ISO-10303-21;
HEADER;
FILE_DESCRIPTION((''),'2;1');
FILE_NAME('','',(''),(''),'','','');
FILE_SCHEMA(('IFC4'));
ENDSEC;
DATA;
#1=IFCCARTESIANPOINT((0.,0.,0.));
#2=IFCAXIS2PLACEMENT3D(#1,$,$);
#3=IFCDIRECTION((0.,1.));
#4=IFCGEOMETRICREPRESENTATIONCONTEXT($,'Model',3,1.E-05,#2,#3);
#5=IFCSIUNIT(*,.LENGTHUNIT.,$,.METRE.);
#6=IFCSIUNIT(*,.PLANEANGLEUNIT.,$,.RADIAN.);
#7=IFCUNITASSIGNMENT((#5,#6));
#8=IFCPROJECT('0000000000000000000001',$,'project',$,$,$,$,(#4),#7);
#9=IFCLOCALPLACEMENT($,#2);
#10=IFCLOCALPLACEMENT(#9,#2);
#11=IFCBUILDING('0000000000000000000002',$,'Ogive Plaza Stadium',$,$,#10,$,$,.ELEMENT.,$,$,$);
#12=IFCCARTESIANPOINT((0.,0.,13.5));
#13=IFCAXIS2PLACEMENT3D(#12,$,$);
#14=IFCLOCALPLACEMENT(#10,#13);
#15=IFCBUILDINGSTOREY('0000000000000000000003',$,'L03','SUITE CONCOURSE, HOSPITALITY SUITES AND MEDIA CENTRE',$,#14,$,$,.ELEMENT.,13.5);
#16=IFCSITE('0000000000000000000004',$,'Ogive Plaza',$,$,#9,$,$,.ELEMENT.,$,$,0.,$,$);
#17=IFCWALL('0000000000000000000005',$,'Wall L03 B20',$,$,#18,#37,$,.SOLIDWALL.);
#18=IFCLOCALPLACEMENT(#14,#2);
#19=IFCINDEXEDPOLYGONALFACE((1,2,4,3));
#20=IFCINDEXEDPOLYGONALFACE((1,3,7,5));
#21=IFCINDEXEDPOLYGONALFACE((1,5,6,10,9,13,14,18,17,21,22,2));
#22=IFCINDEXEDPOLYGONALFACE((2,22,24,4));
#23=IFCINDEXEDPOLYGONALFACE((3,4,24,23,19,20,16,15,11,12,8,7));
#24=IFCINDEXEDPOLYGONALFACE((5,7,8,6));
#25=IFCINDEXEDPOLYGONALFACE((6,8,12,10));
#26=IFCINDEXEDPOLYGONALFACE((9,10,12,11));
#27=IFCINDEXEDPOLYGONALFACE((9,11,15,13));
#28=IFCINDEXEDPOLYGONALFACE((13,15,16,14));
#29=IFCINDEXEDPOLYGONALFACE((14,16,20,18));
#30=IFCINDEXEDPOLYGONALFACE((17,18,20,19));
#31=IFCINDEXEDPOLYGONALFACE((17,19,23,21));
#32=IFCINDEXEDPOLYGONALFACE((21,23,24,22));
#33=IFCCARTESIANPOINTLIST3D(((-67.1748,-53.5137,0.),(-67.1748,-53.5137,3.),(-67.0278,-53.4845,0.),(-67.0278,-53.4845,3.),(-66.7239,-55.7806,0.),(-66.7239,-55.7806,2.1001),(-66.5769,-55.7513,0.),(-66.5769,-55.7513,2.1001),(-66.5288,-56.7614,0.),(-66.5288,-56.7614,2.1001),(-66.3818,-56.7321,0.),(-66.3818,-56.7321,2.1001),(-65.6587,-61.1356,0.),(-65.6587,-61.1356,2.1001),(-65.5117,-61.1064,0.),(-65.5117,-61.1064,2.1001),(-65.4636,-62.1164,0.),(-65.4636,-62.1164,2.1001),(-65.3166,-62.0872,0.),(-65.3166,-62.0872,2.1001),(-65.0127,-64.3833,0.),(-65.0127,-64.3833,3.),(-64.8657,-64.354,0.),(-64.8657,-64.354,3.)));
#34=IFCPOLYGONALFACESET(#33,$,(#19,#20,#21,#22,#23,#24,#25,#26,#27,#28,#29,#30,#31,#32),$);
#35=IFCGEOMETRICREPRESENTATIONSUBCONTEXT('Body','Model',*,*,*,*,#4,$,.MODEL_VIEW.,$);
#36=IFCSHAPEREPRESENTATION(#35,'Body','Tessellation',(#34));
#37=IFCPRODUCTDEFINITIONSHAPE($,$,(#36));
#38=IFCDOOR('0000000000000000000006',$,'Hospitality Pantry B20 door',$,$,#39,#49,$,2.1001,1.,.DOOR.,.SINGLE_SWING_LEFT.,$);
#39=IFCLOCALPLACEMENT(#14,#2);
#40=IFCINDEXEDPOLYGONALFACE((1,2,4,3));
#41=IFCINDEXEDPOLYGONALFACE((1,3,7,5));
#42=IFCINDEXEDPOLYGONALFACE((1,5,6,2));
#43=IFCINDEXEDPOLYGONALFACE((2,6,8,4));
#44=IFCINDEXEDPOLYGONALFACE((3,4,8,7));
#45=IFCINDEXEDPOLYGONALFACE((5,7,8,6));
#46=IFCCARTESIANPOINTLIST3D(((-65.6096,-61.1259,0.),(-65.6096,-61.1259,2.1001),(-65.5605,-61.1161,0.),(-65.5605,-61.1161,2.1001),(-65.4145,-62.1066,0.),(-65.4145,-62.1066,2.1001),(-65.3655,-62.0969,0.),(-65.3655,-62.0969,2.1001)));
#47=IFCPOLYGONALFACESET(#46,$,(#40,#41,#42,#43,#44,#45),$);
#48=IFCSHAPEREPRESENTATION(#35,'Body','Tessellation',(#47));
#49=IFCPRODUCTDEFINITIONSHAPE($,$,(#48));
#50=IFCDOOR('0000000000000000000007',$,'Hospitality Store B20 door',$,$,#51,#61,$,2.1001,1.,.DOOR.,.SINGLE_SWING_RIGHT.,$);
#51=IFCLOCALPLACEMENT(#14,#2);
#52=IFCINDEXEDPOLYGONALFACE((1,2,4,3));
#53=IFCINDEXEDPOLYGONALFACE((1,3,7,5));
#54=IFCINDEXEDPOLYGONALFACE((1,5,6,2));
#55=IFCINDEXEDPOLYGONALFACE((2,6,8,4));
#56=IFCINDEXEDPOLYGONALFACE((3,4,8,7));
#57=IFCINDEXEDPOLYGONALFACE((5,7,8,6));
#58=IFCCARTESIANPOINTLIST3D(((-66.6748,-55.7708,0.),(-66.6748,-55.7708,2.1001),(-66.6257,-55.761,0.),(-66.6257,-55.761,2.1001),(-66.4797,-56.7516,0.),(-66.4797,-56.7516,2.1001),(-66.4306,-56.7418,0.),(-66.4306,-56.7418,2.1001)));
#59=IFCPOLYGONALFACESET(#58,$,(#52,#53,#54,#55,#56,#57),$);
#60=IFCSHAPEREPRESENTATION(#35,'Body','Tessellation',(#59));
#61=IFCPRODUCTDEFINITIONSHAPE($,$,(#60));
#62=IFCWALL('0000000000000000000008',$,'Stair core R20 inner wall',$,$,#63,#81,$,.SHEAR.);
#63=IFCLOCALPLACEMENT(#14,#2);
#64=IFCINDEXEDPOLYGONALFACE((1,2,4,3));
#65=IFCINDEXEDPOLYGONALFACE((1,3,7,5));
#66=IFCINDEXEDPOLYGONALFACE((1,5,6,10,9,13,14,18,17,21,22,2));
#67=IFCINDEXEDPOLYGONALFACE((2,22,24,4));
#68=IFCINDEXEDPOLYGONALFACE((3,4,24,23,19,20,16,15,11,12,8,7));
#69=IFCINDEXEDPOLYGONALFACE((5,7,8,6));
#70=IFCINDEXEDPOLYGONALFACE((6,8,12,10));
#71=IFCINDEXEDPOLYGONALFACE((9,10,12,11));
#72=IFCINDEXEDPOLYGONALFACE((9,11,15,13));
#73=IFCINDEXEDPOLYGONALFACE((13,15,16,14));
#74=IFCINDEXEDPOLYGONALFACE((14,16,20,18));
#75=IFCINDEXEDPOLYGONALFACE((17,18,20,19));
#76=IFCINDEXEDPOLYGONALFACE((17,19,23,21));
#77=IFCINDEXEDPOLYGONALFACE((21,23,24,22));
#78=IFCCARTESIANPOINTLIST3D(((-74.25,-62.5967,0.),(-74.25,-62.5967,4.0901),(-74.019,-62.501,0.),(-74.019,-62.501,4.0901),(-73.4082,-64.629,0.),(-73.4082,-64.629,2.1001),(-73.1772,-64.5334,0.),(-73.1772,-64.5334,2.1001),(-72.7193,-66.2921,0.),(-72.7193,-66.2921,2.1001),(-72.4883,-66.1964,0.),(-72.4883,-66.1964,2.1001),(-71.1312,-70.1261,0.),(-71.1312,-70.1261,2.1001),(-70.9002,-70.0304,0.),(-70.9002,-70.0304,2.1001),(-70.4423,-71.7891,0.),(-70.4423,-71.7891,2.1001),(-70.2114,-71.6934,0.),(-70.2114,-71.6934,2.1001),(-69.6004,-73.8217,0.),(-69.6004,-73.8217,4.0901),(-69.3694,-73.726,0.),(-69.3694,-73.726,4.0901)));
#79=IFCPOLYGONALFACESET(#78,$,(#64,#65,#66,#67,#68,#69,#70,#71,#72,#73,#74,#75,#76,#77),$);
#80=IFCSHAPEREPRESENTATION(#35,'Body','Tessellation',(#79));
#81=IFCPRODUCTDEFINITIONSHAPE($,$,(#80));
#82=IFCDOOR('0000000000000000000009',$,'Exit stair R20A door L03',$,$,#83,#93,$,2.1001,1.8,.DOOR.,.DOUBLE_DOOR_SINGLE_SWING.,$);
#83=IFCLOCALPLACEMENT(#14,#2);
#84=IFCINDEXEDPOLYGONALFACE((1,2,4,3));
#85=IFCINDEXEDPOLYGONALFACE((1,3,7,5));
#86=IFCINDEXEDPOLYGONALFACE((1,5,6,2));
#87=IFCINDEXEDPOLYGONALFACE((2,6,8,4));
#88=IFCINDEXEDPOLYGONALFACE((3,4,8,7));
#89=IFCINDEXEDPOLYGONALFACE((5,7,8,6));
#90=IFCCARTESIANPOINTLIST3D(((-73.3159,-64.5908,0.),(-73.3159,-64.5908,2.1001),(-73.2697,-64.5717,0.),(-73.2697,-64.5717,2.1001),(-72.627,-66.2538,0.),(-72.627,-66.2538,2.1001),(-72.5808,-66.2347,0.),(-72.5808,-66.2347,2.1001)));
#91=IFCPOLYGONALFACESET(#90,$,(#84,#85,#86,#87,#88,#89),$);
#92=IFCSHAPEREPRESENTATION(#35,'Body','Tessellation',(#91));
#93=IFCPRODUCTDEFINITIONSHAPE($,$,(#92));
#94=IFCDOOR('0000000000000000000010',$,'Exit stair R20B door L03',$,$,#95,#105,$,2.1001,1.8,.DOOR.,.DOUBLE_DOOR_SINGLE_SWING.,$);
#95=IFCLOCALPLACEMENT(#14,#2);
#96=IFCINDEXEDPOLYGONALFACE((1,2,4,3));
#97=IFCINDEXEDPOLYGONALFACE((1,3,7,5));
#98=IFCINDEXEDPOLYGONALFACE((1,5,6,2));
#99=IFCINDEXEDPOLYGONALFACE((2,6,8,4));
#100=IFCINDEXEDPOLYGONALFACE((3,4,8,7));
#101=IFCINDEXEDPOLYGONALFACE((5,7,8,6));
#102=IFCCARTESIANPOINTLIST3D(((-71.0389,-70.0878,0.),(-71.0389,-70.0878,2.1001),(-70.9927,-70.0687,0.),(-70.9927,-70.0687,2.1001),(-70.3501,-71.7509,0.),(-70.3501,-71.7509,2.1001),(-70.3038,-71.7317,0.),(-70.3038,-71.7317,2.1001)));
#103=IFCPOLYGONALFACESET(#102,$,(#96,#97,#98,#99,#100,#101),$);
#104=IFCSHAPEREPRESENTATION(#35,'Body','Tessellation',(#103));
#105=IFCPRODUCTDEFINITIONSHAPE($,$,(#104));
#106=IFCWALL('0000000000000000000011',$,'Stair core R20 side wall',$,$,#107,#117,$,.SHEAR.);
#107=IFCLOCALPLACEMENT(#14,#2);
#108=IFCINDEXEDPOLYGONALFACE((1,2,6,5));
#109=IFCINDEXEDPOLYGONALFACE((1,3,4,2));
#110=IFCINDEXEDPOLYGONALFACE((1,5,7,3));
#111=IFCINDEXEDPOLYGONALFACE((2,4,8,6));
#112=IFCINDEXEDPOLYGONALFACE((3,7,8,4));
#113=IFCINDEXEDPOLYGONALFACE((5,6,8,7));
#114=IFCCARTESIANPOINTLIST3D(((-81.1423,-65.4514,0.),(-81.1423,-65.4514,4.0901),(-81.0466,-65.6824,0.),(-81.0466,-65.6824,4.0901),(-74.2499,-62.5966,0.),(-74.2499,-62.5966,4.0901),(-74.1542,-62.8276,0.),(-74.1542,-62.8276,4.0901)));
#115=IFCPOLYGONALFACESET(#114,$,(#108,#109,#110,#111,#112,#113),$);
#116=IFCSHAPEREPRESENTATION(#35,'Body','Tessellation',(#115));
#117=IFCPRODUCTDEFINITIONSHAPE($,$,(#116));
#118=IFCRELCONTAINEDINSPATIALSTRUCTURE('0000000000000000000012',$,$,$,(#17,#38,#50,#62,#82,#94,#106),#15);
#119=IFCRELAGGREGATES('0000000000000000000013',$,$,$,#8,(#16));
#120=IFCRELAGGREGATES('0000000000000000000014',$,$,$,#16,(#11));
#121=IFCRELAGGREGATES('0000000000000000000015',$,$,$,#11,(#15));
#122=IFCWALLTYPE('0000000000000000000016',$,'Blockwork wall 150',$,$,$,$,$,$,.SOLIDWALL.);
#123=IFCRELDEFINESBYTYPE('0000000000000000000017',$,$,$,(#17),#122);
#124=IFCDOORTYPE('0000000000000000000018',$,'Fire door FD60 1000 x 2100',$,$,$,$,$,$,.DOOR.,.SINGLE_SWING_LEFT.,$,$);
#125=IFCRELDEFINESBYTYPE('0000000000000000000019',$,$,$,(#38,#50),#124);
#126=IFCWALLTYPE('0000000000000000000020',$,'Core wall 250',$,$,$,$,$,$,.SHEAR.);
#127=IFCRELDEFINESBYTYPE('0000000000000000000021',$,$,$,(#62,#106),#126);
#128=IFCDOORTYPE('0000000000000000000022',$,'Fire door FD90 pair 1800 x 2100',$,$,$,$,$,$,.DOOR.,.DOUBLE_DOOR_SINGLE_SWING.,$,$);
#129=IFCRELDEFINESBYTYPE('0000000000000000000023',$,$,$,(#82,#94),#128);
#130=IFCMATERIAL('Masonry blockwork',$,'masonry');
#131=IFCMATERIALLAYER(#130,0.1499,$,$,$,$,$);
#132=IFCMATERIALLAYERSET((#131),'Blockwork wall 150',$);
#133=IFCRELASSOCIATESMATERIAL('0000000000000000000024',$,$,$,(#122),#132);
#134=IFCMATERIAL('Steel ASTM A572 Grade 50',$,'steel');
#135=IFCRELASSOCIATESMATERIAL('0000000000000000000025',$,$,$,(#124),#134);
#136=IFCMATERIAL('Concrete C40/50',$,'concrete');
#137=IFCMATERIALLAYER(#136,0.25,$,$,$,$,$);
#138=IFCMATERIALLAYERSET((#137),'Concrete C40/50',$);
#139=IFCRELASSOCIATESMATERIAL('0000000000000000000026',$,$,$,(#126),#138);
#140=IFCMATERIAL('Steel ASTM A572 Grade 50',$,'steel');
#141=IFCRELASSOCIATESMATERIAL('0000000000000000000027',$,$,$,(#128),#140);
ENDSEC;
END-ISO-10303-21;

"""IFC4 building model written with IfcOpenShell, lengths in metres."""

from ifc_helpers import new_model, si_unit, direction, frame, frame_2d, origin, place, context, subcontext, project, spatial, rectangle, extrude, material, layer, layer_set, type_object, element, fill, save


model = new_model("IFC4")

# Units and contexts
model_context = context("Model", 3, precision=1e-05, world=origin(), true_north=direction((0.0, 1.0)))
body_context = subcontext(model_context, "Body", "Model", "MODEL_VIEW")
ifc_project = project(units=[si_unit("LENGTHUNIT", "METRE"), si_unit("PLANEANGLEUNIT", "RADIAN")], contexts=[model_context])

# Site, building, storey
site_placement = place(None, origin())
site = spatial("IfcSite", under=ifc_project, at=site_placement, Name="Ogive Plaza", CompositionType="ELEMENT", RefElevation=0.0)
building_placement = place(site_placement, origin())
building = spatial("IfcBuilding", under=site, at=building_placement, Name="Ogive Plaza Stadium", CompositionType="ELEMENT")
storey_placement = place(building_placement, frame((0.0, 0.0, 13.5)))
storey = spatial("IfcBuildingStorey", under=building, at=storey_placement, Name="L03", Description="SUITE CONCOURSE, HOSPITALITY SUITES AND MEDIA CENTRE", CompositionType="ELEMENT", Elevation=13.5)

# Walls, openings, doors
ifc_material_1 = material(Name="Masonry blockwork", Category="masonry")
ifc_layer_1 = layer(ifc_material_1, 0.1499)
ifc_layer_set_1 = layer_set([ifc_layer_1], Name="Blockwork wall 150")
wall_type_1 = type_object("IfcWallType", Name="Blockwork wall 150", PredefinedType="SOLIDWALL", material=ifc_layer_set_1)
wall_1_placement = place(storey_placement, frame((-64.9392, -64.3687, 0.0), z_axis=(0.0, 0.0, 1.0), x_axis=(-0.195091, 0.980785, 0.0)))
wall_1 = element("IfcWall", 1, at=wall_1_placement, inside=storey, type_object=wall_type_1, Name="Wall L03 B20", PredefinedType="SOLIDWALL", context=body_context, shape_type="SweptSolid", body=[
    extrude(rectangle(XDim=11.0825, YDim=0.1499, at=frame_2d((5.5413, 0.0))), origin(), (0.0, 0.0, 1.0), 3.0),
])
opening_1_placement = place(wall_1_placement, frame((2.3113, 0.0, 0.0)))
opening_1 = element("IfcOpeningElement", 2, at=opening_1_placement, cuts=wall_1, PredefinedType="OPENING", context=body_context, shape_type="SweptSolid", body=[
    extrude(rectangle(XDim=1.0, YDim=2.1001, at=frame_2d((0.5, 1.05))), frame((0.0, 0.075, 0.0), z_axis=(0.0, -1.0, 0.0), x_axis=(1.0, 0.0, 0.0)), (0.0, 0.0, 1.0), 0.1499),
])
opening_2_placement = place(wall_1_placement, frame((7.7712, 0.0, 0.0)))
opening_2 = element("IfcOpeningElement", 3, at=opening_2_placement, cuts=wall_1, PredefinedType="OPENING", context=body_context, shape_type="SweptSolid", body=[
    extrude(rectangle(XDim=1.0, YDim=2.1001, at=frame_2d((0.5, 1.05))), frame((0.0, 0.075, 0.0), z_axis=(0.0, -1.0, 0.0), x_axis=(1.0, 0.0, 0.0)), (0.0, 0.0, 1.0), 0.1499),
])
ifc_material_2 = material(Name="Steel ASTM A572 Grade 50", Category="steel")
door_type_1 = type_object("IfcDoorType", Name="Fire door FD60 1000 x 2100", OperationType="SINGLE_SWING_LEFT", PredefinedType="DOOR", material=ifc_material_2)
door_1_placement = place(opening_1_placement, origin())
door_1 = element("IfcDoor", 4, at=door_1_placement, inside=storey, type_object=door_type_1, Name="Hospitality Pantry B20 door", OperationType="SINGLE_SWING_LEFT", OverallHeight=2.1001, OverallWidth=1.0, PredefinedType="DOOR", context=body_context, shape_type="SweptSolid", body=[
    extrude(rectangle(XDim=1.0, YDim=2.1001, at=frame_2d((0.5, 1.05))), frame((0.0, 0.0249, 0.0), z_axis=(0.0, -1.0, 0.0), x_axis=(1.0, 0.0, 0.0)), (0.0, 0.0, 1.0), 0.05),
])
fill(opening_1, door_1)
door_2_placement = place(opening_2_placement, origin())
door_2 = element("IfcDoor", 5, at=door_2_placement, inside=storey, type_object=door_type_1, Name="Hospitality Store B20 door", OperationType="SINGLE_SWING_RIGHT", OverallHeight=2.1001, OverallWidth=1.0, PredefinedType="DOOR", context=body_context, shape_type="SweptSolid", body=[
    extrude(rectangle(XDim=1.0, YDim=2.1001, at=frame_2d((0.5, 1.05))), frame((0.0, 0.0249, 0.0), z_axis=(0.0, -1.0, 0.0), x_axis=(1.0, 0.0, 0.0)), (0.0, 0.0, 1.0), 0.05),
])
fill(opening_2, door_2)
ifc_material_3 = material(Name="Concrete C40/50", Category="concrete")
ifc_layer_2 = layer(ifc_material_3, 0.25)
ifc_layer_set_2 = layer_set([ifc_layer_2], Name="Concrete C40/50")
wall_type_2 = type_object("IfcWallType", Name="Core wall 250", PredefinedType="SHEAR", material=ifc_layer_set_2)
wall_2_placement = place(storey_placement, frame((-74.1345, -62.5488, 0.0), z_axis=(0.0, 0.0, 1.0), x_axis=(0.382688, -0.923877, 0.0)))
wall_2 = element("IfcWall", 6, at=wall_2_placement, inside=storey, type_object=wall_type_2, Name="Stair core R20 inner wall", PredefinedType="SHEAR", context=body_context, shape_type="SweptSolid", body=[
    extrude(rectangle(XDim=12.1499, YDim=0.25, at=frame_2d((6.075, 0.0))), origin(), (0.0, 0.0, 1.0), 4.0901),
])
opening_3_placement = place(wall_2_placement, frame((2.2, 0.0, 0.0)))
opening_3 = element("IfcOpeningElement", 7, at=opening_3_placement, cuts=wall_2, PredefinedType="OPENING", context=body_context, shape_type="SweptSolid", body=[
    extrude(rectangle(XDim=1.8, YDim=2.1001, at=frame_2d((0.8999, 1.05))), frame((0.0, 0.125, 0.0), z_axis=(0.0, -1.0, 0.0), x_axis=(1.0, 0.0, 0.0)), (0.0, 0.0, 1.0), 0.25),
])
opening_4_placement = place(wall_2_placement, frame((8.1499, 0.0, 0.0)))
opening_4 = element("IfcOpeningElement", 8, at=opening_4_placement, cuts=wall_2, PredefinedType="OPENING", context=body_context, shape_type="SweptSolid", body=[
    extrude(rectangle(XDim=1.8, YDim=2.1001, at=frame_2d((0.8999, 1.05))), frame((0.0, 0.125, 0.0), z_axis=(0.0, -1.0, 0.0), x_axis=(1.0, 0.0, 0.0)), (0.0, 0.0, 1.0), 0.25),
])
ifc_material_4 = material(Name="Steel ASTM A572 Grade 50", Category="steel")
door_type_2 = type_object("IfcDoorType", Name="Fire door FD90 pair 1800 x 2100", OperationType="DOUBLE_DOOR_SINGLE_SWING", PredefinedType="DOOR", material=ifc_material_4)
door_3_placement = place(opening_3_placement, origin())
door_3 = element("IfcDoor", 9, at=door_3_placement, inside=storey, type_object=door_type_2, Name="Exit stair R20A door L03", OperationType="DOUBLE_DOOR_SINGLE_SWING", OverallHeight=2.1001, OverallWidth=1.8, PredefinedType="DOOR", context=body_context, shape_type="SweptSolid", body=[
    extrude(rectangle(XDim=1.8, YDim=2.1001, at=frame_2d((0.8999, 1.05))), frame((0.0, 0.0249, 0.0), z_axis=(0.0, -1.0, 0.0), x_axis=(1.0, 0.0, 0.0)), (0.0, 0.0, 1.0), 0.05),
])
fill(opening_3, door_3)
door_4_placement = place(opening_4_placement, origin())
door_4 = element("IfcDoor", 10, at=door_4_placement, inside=storey, type_object=door_type_2, Name="Exit stair R20B door L03", OperationType="DOUBLE_DOOR_SINGLE_SWING", OverallHeight=2.1001, OverallWidth=1.8, PredefinedType="DOOR", context=body_context, shape_type="SweptSolid", body=[
    extrude(rectangle(XDim=1.8, YDim=2.1001, at=frame_2d((0.8999, 1.05))), frame((0.0, 0.0249, 0.0), z_axis=(0.0, -1.0, 0.0), x_axis=(1.0, 0.0, 0.0)), (0.0, 0.0, 1.0), 0.05),
])
fill(opening_4, door_4)

# Wall
wall_3_placement = place(storey_placement, frame((-74.2021, -62.7122, 0.0), z_axis=(0.0, 0.0, 1.0), x_axis=(-0.923887, -0.382665, 0.0)))
element("IfcWall", 11, at=wall_3_placement, inside=storey, type_object=wall_type_2, Name="Stair core R20 side wall", PredefinedType="SHEAR", context=body_context, shape_type="SweptSolid", body=[
    extrude(rectangle(XDim=7.4602, YDim=0.25, at=frame_2d((3.73, 0.0))), origin(), (0.0, 0.0, 1.0), 4.0901),
])

save(model, "model.ifc")
